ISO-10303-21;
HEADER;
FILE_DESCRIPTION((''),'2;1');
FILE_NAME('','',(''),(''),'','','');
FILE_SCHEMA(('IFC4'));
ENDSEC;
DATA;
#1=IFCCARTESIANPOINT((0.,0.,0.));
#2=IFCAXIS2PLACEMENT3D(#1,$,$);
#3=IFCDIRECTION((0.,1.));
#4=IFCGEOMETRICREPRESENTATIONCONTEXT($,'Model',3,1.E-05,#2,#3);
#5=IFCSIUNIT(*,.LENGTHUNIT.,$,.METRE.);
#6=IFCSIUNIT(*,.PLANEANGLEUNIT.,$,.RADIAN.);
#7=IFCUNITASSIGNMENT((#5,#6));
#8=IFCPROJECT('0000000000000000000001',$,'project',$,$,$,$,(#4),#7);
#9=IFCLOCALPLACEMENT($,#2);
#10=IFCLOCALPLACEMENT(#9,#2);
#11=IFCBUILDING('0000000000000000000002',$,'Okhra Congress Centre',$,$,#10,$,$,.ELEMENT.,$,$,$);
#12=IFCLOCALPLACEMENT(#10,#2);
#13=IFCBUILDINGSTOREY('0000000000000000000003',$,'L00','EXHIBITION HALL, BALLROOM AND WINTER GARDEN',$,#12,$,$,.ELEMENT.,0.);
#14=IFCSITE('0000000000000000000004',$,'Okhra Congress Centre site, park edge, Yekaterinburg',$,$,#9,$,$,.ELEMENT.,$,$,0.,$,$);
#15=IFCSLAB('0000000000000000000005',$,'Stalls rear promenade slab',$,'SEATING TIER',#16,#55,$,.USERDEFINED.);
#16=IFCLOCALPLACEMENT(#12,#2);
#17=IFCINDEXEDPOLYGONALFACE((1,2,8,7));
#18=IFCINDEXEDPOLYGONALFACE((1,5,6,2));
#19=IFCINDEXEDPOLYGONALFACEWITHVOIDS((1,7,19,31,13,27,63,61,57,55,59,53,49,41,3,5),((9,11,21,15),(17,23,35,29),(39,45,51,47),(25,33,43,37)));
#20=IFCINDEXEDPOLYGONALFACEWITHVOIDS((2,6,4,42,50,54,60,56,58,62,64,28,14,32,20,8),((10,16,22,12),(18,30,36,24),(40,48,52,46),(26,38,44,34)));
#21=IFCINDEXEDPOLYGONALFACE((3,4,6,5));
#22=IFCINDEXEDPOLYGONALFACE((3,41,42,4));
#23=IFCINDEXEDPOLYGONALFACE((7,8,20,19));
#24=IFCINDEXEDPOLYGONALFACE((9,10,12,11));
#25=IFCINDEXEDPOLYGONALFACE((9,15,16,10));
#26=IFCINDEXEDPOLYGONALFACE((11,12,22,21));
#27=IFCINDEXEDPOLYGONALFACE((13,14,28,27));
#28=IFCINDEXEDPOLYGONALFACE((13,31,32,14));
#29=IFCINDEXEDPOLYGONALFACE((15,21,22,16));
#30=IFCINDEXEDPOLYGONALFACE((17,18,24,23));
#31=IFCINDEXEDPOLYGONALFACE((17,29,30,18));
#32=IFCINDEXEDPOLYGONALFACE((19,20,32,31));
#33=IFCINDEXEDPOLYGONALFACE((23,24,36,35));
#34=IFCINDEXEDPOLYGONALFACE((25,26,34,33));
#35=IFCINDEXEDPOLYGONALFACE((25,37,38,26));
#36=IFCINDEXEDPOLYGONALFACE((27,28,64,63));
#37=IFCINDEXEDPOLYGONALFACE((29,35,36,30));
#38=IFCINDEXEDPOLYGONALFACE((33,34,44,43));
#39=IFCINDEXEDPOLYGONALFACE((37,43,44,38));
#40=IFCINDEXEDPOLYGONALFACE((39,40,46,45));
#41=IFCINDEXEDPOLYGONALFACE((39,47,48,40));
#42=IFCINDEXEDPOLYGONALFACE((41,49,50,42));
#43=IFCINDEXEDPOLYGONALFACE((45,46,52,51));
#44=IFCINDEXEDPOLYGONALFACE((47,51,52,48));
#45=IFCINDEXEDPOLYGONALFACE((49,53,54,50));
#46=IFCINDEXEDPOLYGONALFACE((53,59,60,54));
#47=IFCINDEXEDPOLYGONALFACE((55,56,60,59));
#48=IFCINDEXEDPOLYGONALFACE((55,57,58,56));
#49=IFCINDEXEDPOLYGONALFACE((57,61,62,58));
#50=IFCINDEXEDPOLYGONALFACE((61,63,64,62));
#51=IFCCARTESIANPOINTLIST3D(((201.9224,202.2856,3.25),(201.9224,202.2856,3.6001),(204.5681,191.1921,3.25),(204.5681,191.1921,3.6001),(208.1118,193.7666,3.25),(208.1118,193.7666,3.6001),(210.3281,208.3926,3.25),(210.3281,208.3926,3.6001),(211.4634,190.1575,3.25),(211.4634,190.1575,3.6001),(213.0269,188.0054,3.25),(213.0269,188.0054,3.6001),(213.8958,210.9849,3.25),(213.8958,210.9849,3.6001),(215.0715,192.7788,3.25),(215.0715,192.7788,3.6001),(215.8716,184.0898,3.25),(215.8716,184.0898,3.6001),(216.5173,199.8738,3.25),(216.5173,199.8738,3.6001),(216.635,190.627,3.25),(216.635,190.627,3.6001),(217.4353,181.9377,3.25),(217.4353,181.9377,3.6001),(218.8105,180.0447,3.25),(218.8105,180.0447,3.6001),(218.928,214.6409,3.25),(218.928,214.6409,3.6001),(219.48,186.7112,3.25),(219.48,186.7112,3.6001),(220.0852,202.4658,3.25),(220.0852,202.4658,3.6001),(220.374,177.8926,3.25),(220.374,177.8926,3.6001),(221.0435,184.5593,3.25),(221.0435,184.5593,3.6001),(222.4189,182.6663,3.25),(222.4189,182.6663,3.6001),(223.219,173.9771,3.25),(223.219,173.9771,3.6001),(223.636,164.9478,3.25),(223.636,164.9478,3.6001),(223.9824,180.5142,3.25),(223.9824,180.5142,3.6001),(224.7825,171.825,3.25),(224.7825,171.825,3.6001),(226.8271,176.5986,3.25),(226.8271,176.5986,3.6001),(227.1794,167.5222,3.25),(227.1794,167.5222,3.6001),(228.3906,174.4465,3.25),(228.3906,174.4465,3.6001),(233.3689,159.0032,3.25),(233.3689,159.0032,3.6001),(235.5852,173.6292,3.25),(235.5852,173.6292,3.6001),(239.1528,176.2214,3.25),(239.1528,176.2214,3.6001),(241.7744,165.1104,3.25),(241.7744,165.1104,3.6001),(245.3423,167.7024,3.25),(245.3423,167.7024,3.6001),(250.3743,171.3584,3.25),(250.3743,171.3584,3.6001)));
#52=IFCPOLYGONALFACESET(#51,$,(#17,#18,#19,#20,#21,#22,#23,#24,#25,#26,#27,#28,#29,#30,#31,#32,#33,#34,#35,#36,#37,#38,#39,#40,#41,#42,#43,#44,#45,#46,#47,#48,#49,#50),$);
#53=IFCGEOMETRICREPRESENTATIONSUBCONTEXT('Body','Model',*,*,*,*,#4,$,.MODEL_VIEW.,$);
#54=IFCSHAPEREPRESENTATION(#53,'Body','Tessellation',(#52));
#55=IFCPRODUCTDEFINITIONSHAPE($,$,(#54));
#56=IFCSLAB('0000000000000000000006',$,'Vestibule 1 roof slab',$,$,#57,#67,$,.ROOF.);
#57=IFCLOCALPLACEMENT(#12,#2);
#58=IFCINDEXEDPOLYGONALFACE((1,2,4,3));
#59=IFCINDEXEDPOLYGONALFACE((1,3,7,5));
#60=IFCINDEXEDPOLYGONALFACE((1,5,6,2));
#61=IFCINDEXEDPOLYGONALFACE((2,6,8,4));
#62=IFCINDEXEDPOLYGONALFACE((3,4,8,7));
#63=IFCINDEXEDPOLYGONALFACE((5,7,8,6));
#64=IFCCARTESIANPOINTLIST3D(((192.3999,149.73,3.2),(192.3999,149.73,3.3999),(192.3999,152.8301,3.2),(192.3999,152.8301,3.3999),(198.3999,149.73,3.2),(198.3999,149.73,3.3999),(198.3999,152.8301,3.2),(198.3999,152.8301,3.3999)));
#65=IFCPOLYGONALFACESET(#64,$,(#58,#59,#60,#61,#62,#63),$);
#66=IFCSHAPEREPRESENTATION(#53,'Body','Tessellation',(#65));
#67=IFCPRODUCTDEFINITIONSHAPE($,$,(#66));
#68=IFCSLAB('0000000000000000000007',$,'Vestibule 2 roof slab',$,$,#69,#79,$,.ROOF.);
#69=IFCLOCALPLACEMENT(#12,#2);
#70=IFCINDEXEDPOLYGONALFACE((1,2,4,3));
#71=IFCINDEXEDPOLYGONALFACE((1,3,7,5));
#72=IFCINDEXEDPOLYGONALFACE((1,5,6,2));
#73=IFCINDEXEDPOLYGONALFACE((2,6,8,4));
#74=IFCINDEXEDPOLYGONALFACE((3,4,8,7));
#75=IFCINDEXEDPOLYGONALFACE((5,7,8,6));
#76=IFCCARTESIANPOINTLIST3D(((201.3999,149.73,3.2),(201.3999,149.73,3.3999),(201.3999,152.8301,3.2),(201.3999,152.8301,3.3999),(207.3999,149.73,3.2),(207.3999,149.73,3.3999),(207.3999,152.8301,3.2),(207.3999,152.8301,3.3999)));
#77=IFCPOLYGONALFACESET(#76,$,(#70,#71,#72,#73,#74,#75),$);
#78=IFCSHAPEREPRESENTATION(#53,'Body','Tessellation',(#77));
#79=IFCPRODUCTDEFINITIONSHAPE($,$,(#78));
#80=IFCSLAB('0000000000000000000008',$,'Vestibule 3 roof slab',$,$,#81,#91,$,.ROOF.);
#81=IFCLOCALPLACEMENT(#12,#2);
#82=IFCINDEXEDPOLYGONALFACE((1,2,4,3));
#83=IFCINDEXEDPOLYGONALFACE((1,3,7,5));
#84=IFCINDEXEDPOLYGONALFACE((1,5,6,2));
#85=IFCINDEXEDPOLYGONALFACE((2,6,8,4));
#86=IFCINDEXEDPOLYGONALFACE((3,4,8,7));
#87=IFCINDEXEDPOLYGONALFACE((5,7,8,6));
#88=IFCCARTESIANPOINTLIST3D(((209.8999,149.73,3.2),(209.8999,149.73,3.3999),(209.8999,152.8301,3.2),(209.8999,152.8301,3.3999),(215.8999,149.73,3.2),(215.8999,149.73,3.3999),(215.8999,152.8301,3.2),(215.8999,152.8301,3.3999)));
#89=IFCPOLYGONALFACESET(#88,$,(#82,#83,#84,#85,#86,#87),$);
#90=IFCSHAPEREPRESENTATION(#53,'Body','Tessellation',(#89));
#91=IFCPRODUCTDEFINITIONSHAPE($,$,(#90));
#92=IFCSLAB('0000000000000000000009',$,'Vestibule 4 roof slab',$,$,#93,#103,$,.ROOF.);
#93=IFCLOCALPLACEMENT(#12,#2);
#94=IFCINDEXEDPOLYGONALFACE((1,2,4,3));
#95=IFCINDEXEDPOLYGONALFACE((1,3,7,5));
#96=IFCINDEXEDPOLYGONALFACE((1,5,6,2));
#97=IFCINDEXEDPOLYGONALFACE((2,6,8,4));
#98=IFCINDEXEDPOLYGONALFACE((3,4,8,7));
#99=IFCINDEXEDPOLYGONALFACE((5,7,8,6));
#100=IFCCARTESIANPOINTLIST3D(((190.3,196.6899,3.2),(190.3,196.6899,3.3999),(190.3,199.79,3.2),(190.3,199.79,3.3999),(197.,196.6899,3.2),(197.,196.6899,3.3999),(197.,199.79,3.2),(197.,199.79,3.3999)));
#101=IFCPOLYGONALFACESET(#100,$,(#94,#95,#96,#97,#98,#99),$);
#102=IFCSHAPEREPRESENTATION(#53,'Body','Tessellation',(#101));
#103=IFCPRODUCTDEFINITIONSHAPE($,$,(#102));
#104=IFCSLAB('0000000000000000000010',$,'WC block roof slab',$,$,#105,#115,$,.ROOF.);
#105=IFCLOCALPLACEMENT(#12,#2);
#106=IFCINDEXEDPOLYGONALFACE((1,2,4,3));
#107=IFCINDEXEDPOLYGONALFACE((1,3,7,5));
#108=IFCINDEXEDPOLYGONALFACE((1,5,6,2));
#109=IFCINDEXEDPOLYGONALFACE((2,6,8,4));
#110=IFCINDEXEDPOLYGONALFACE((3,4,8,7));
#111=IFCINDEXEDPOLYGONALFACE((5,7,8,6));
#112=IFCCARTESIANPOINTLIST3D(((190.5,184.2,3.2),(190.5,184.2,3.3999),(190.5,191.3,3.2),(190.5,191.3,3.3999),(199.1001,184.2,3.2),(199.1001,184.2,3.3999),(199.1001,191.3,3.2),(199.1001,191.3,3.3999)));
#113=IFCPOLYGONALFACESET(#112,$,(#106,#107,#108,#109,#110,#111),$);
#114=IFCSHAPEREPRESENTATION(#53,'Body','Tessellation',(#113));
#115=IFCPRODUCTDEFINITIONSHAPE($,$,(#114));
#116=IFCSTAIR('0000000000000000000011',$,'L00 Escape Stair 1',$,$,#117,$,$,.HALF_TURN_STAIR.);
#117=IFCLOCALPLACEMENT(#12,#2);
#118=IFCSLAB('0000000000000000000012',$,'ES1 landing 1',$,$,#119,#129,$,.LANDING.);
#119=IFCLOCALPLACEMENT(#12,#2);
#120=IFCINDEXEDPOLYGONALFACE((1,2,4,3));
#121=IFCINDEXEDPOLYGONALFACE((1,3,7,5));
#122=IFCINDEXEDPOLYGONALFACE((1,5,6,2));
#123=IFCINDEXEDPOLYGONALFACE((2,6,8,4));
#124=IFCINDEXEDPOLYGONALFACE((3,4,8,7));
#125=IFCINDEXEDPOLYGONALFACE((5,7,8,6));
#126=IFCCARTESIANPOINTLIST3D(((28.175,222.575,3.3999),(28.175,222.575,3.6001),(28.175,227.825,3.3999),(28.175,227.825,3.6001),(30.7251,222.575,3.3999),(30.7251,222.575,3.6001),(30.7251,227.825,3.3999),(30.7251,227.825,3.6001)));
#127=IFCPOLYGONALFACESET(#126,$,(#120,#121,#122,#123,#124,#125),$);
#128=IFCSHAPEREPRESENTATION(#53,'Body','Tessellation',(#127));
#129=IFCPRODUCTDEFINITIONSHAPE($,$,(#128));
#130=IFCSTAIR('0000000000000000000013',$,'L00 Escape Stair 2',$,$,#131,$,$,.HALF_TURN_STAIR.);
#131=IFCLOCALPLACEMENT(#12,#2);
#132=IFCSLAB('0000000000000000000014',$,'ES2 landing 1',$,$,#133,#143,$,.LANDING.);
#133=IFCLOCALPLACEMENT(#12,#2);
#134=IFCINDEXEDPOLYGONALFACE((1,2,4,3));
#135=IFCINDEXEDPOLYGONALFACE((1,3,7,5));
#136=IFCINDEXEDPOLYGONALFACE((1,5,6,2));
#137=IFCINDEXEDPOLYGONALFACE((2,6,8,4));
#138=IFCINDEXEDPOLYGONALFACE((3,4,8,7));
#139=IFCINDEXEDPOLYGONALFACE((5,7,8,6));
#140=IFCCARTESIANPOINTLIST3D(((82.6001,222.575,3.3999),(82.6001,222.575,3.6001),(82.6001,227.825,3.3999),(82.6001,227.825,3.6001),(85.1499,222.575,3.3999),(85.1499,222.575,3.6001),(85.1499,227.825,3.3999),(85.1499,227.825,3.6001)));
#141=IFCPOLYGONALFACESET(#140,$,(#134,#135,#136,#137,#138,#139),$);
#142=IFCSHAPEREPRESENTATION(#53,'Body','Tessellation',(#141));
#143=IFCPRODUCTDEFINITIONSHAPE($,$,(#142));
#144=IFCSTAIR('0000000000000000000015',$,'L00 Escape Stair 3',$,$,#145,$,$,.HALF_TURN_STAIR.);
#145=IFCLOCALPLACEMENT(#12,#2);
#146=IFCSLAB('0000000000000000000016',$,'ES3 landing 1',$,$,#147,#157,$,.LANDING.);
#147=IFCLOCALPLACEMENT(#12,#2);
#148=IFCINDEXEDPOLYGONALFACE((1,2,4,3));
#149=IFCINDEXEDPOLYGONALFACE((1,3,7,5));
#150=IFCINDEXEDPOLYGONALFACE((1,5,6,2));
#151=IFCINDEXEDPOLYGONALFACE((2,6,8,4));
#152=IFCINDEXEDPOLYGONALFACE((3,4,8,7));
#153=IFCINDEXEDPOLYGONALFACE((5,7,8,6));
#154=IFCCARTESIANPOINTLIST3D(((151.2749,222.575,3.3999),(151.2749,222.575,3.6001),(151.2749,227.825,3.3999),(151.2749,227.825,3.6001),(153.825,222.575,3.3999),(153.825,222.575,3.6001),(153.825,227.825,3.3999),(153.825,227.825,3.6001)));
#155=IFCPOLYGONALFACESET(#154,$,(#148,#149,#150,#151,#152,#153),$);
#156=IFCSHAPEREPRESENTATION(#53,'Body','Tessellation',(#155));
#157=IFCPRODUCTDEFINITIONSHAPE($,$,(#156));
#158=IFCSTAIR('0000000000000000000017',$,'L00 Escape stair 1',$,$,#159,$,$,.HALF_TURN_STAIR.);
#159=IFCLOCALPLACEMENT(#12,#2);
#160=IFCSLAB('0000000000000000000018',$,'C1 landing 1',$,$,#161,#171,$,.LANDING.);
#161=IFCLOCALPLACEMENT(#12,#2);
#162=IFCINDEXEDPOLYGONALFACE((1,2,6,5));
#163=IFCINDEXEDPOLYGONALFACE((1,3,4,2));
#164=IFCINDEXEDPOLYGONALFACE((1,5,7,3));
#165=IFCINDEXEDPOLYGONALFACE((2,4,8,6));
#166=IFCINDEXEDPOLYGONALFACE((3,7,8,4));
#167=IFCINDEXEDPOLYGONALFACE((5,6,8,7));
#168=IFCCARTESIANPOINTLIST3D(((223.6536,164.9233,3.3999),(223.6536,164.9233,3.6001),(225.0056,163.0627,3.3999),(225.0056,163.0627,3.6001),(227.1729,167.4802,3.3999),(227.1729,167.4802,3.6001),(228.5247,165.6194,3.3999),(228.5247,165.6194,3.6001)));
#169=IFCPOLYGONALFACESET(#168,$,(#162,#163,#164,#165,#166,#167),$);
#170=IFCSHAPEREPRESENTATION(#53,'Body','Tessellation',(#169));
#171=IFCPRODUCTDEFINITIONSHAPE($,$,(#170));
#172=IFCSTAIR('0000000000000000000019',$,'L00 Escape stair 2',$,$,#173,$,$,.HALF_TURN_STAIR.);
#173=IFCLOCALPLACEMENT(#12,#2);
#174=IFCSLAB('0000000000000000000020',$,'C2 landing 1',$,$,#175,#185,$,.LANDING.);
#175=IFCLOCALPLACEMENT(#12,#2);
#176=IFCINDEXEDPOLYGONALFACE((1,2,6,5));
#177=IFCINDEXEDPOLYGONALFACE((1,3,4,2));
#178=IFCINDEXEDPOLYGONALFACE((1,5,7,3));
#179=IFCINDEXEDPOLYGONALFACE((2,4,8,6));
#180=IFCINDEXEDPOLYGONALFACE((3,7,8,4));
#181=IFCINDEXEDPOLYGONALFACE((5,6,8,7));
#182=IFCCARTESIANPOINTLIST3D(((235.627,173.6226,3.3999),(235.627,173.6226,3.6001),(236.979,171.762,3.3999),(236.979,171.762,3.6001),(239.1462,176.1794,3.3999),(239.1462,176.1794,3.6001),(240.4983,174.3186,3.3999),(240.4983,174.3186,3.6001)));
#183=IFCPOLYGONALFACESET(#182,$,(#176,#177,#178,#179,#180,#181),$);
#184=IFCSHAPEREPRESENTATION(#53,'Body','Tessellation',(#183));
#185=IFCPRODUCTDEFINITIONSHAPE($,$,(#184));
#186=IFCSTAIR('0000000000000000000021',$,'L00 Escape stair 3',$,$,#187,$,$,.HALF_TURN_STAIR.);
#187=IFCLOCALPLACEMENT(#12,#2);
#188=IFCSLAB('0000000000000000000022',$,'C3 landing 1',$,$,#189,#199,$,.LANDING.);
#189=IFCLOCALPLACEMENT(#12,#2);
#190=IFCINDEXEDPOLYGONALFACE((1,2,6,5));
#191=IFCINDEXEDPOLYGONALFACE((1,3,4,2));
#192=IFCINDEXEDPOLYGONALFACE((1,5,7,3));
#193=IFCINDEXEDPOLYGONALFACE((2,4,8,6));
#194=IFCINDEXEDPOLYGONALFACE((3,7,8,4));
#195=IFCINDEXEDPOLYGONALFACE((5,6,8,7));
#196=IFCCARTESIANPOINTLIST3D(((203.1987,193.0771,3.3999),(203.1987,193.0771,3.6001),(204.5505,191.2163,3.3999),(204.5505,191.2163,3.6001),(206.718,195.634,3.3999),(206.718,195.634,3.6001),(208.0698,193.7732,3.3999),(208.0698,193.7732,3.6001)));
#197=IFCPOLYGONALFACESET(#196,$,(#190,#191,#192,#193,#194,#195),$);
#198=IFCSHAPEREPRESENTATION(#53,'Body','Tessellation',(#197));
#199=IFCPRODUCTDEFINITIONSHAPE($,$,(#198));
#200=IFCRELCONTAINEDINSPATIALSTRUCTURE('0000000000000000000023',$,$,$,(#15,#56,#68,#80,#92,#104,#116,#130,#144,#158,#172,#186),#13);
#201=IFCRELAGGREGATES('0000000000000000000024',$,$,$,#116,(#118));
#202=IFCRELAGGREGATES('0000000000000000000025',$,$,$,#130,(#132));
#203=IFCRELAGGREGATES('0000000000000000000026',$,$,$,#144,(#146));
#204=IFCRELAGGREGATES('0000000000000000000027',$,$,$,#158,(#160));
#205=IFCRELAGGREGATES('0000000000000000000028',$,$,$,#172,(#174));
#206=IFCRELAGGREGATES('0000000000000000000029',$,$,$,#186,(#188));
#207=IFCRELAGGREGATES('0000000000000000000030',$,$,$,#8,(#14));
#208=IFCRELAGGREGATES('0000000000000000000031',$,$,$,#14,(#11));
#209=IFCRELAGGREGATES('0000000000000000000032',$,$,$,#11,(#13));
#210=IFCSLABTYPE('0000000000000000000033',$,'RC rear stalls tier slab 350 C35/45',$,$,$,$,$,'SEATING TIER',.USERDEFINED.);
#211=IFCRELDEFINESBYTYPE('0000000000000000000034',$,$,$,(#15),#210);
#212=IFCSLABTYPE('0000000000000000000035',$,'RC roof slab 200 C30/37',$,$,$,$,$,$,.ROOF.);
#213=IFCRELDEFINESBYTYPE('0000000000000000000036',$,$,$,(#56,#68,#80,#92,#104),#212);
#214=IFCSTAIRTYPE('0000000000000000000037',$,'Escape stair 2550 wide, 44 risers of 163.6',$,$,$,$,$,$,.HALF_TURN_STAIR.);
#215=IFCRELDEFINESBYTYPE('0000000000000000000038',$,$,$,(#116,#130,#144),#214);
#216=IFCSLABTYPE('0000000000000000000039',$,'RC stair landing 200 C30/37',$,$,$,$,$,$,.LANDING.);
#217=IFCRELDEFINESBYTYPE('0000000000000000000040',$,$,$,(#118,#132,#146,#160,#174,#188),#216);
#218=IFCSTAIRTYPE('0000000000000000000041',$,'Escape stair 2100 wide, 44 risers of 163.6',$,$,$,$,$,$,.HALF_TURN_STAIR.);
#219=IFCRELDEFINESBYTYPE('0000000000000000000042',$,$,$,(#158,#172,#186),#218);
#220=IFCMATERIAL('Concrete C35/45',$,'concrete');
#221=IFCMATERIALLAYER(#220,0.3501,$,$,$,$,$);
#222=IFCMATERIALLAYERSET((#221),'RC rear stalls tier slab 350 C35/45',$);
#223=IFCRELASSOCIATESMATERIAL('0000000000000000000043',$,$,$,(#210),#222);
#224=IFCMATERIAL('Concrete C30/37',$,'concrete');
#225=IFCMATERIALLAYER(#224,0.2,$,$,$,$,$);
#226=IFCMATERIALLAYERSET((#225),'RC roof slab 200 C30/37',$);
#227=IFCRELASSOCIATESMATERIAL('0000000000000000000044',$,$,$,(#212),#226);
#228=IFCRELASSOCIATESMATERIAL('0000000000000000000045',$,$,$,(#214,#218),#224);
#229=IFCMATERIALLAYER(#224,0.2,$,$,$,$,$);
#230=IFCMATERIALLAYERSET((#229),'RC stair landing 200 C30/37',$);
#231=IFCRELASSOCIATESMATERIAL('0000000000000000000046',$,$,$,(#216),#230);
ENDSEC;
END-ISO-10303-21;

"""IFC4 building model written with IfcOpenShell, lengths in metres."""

from ifc_helpers import new_model, si_unit, direction, frame, origin, place, context, subcontext, project, spatial, polyline, outline, extrude, material, layer, layer_set, type_object, element, aggregate, save


model = new_model("IFC4")

# Units and contexts
model_context = context("Model", 3, precision=1e-05, world=origin(), true_north=direction((0.0, 1.0)))
body_context = subcontext(model_context, "Body", "Model", "MODEL_VIEW")
ifc_project = project(units=[si_unit("LENGTHUNIT", "METRE"), si_unit("PLANEANGLEUNIT", "RADIAN")], contexts=[model_context])

# Site, building, storey
site_placement = place(None, origin())
site = spatial("IfcSite", under=ifc_project, at=site_placement, Name="Okhra Congress Centre site, park edge, Yekaterinburg", CompositionType="ELEMENT", RefElevation=0.0)
building_placement = place(site_placement, origin())
building = spatial("IfcBuilding", under=site, at=building_placement, Name="Okhra Congress Centre", CompositionType="ELEMENT")
storey_placement = place(building_placement, origin())
storey = spatial("IfcBuildingStorey", under=building, at=storey_placement, Name="L00", Description="EXHIBITION HALL, BALLROOM AND WINTER GARDEN", CompositionType="ELEMENT", Elevation=0.0)

# Slabs
ifc_material_1 = material(Name="Concrete C35/45", Category="concrete")
ifc_layer_1 = layer(ifc_material_1, 0.3501)
ifc_layer_set_1 = layer_set([ifc_layer_1], Name="RC rear stalls tier slab 350 C35/45")
slab_type_1 = type_object("IfcSlabType", Name="RC rear stalls tier slab 350 C35/45", ElementType="SEATING TIER", PredefinedType="USERDEFINED", material=ifc_layer_set_1)
slab_1_placement = place(storey_placement, frame((0.0, 0.0, 3.25)))
element("IfcSlab", 1, at=slab_1_placement, inside=storey, type_object=slab_type_1, Name="Stalls rear promenade slab", ObjectType="SEATING TIER", PredefinedType="USERDEFINED", context=body_context, shape_type="SweptSolid", body=[
    extrude(outline(polyline([(241.7744, 165.1104), (235.5852, 173.6292), (239.1528, 176.2214), (245.3423, 167.7024), (250.3743, 171.3584), (218.928, 214.6409), (213.8958, 210.9849), (220.0852, 202.4658), (216.5173, 199.8738), (210.3281, 208.3926), (201.9224, 202.2856), (208.1118, 193.7666), (204.5681, 191.1921), (223.636, 164.9478), (227.1794, 167.5222), (233.3689, 159.0032), (241.7744, 165.1104)]), holes=[polyline([(226.8271, 176.5986), (223.219, 173.9771), (224.7825, 171.825), (228.3906, 174.4465), (226.8271, 176.5986)]), polyline([(222.4189, 182.6663), (218.8105, 180.0447), (220.374, 177.8926), (223.9824, 180.5142), (222.4189, 182.6663)]), polyline([(219.48, 186.7112), (215.8716, 184.0898), (217.4353, 181.9377), (221.0435, 184.5593), (219.48, 186.7112)]), polyline([(215.0715, 192.7788), (211.4634, 190.1575), (213.0269, 188.0054), (216.635, 190.627), (215.0715, 192.7788)])]), origin(), (0.0, 0.0, 1.0), 0.3501),
])
ifc_material_2 = material(Name="Concrete C30/37", Category="concrete")
ifc_layer_2 = layer(ifc_material_2, 0.2)
ifc_layer_set_2 = layer_set([ifc_layer_2], Name="RC roof slab 200 C30/37")
slab_type_2 = type_object("IfcSlabType", Name="RC roof slab 200 C30/37", PredefinedType="ROOF", material=ifc_layer_set_2)
slab_2_placement = place(storey_placement, frame((0.0, 0.0, 3.2)))
element("IfcSlab", 2, at=slab_2_placement, inside=storey, type_object=slab_type_2, Name="Vestibule 1 roof slab", PredefinedType="ROOF", context=body_context, shape_type="SweptSolid", body=[
    extrude(outline(polyline([(192.3999, 149.73), (198.3999, 149.73), (198.3999, 152.8301), (192.3999, 152.8301), (192.3999, 149.73)])), origin(), (0.0, 0.0, 1.0), 0.2),
])
slab_3_placement = place(storey_placement, frame((0.0, 0.0, 3.2)))
element("IfcSlab", 3, at=slab_3_placement, inside=storey, type_object=slab_type_2, Name="Vestibule 2 roof slab", PredefinedType="ROOF", context=body_context, shape_type="SweptSolid", body=[
    extrude(outline(polyline([(201.3999, 149.73), (207.3999, 149.73), (207.3999, 152.8301), (201.3999, 152.8301), (201.3999, 149.73)])), origin(), (0.0, 0.0, 1.0), 0.2),
])
slab_4_placement = place(storey_placement, frame((0.0, 0.0, 3.2)))
element("IfcSlab", 4, at=slab_4_placement, inside=storey, type_object=slab_type_2, Name="Vestibule 3 roof slab", PredefinedType="ROOF", context=body_context, shape_type="SweptSolid", body=[
    extrude(outline(polyline([(209.8999, 149.73), (215.8999, 149.73), (215.8999, 152.8301), (209.8999, 152.8301), (209.8999, 149.73)])), origin(), (0.0, 0.0, 1.0), 0.2),
])
slab_5_placement = place(storey_placement, frame((0.0, 0.0, 3.2)))
element("IfcSlab", 5, at=slab_5_placement, inside=storey, type_object=slab_type_2, Name="Vestibule 4 roof slab", PredefinedType="ROOF", context=body_context, shape_type="SweptSolid", body=[
    extrude(outline(polyline([(190.3, 196.6899), (197.0, 196.6899), (197.0, 199.79), (190.3, 199.79), (190.3, 196.6899)])), origin(), (0.0, 0.0, 1.0), 0.2),
])
slab_6_placement = place(storey_placement, frame((0.0, 0.0, 3.2)))
element("IfcSlab", 6, at=slab_6_placement, inside=storey, type_object=slab_type_2, Name="WC block roof slab", PredefinedType="ROOF", context=body_context, shape_type="SweptSolid", body=[
    extrude(outline(polyline([(190.5, 184.2), (199.1001, 184.2), (199.1001, 191.3), (190.5, 191.3), (190.5, 184.2)])), origin(), (0.0, 0.0, 1.0), 0.2),
])

# Stairs, slabs
stair_type_1 = type_object("IfcStairType", Name="Escape stair 2550 wide, 44 risers of 163.6", PredefinedType="HALF_TURN_STAIR", material=ifc_material_2)
stair_1_placement = place(storey_placement, origin())
stair_1 = element("IfcStair", 7, at=stair_1_placement, inside=storey, type_object=stair_type_1, Name="L00 Escape Stair 1", PredefinedType="HALF_TURN_STAIR")
ifc_layer_3 = layer(ifc_material_2, 0.2)
ifc_layer_set_3 = layer_set([ifc_layer_3], Name="RC stair landing 200 C30/37")
slab_type_3 = type_object("IfcSlabType", Name="RC stair landing 200 C30/37", PredefinedType="LANDING", material=ifc_layer_set_3)
slab_7_placement = place(storey_placement, frame((0.0, 0.0, 3.3999)))
slab_7 = element("IfcSlab", 8, at=slab_7_placement, type_object=slab_type_3, Name="ES1 landing 1", PredefinedType="LANDING", context=body_context, shape_type="SweptSolid", body=[
    extrude(outline(polyline([(30.7251, 227.825), (28.175, 227.825), (28.175, 222.575), (30.7251, 222.575), (30.7251, 227.825)])), origin(), (0.0, 0.0, 1.0), 0.2002),
])
aggregate(stair_1, [slab_7])
stair_2_placement = place(storey_placement, origin())
stair_2 = element("IfcStair", 9, at=stair_2_placement, inside=storey, type_object=stair_type_1, Name="L00 Escape Stair 2", PredefinedType="HALF_TURN_STAIR")
slab_8_placement = place(storey_placement, frame((0.0, 0.0, 3.3999)))
slab_8 = element("IfcSlab", 10, at=slab_8_placement, type_object=slab_type_3, Name="ES2 landing 1", PredefinedType="LANDING", context=body_context, shape_type="SweptSolid", body=[
    extrude(outline(polyline([(85.1499, 227.825), (82.6001, 227.825), (82.6001, 222.575), (85.1499, 222.575), (85.1499, 227.825)])), origin(), (0.0, 0.0, 1.0), 0.2002),
])
aggregate(stair_2, [slab_8])
stair_3_placement = place(storey_placement, origin())
stair_3 = element("IfcStair", 11, at=stair_3_placement, inside=storey, type_object=stair_type_1, Name="L00 Escape Stair 3", PredefinedType="HALF_TURN_STAIR")
slab_9_placement = place(storey_placement, frame((0.0, 0.0, 3.3999)))
slab_9 = element("IfcSlab", 12, at=slab_9_placement, type_object=slab_type_3, Name="ES3 landing 1", PredefinedType="LANDING", context=body_context, shape_type="SweptSolid", body=[
    extrude(outline(polyline([(151.2749, 222.575), (153.825, 222.575), (153.825, 227.825), (151.2749, 227.825), (151.2749, 222.575)])), origin(), (0.0, 0.0, 1.0), 0.2002),
])
aggregate(stair_3, [slab_9])
stair_type_2 = type_object("IfcStairType", Name="Escape stair 2100 wide, 44 risers of 163.6", PredefinedType="HALF_TURN_STAIR", material=ifc_material_2)
stair_4_placement = place(storey_placement, origin())
stair_4 = element("IfcStair", 13, at=stair_4_placement, inside=storey, type_object=stair_type_2, Name="L00 Escape stair 1", PredefinedType="HALF_TURN_STAIR")
slab_10_placement = place(storey_placement, frame((0.0, 0.0, 3.3999)))
slab_10 = element("IfcSlab", 14, at=slab_10_placement, type_object=slab_type_3, Name="C1 landing 1", PredefinedType="LANDING", context=body_context, shape_type="SweptSolid", body=[
    extrude(outline(polyline([(228.5247, 165.6194), (227.1729, 167.4802), (223.6536, 164.9233), (225.0056, 163.0627), (228.5247, 165.6194)])), origin(), (0.0, 0.0, 1.0), 0.2002),
])
aggregate(stair_4, [slab_10])
stair_5_placement = place(storey_placement, origin())
stair_5 = element("IfcStair", 15, at=stair_5_placement, inside=storey, type_object=stair_type_2, Name="L00 Escape stair 2", PredefinedType="HALF_TURN_STAIR")
slab_11_placement = place(storey_placement, frame((0.0, 0.0, 3.3999)))
slab_11 = element("IfcSlab", 16, at=slab_11_placement, type_object=slab_type_3, Name="C2 landing 1", PredefinedType="LANDING", context=body_context, shape_type="SweptSolid", body=[
    extrude(outline(polyline([(240.4983, 174.3186), (239.1462, 176.1794), (235.627, 173.6226), (236.979, 171.762), (240.4983, 174.3186)])), origin(), (0.0, 0.0, 1.0), 0.2002),
])
aggregate(stair_5, [slab_11])
stair_6_placement = place(storey_placement, origin())
stair_6 = element("IfcStair", 17, at=stair_6_placement, inside=storey, type_object=stair_type_2, Name="L00 Escape stair 3", PredefinedType="HALF_TURN_STAIR")
slab_12_placement = place(storey_placement, frame((0.0, 0.0, 3.3999)))
slab_12 = element("IfcSlab", 18, at=slab_12_placement, type_object=slab_type_3, Name="C3 landing 1", PredefinedType="LANDING", context=body_context, shape_type="SweptSolid", body=[
    extrude(outline(polyline([(203.1987, 193.0771), (204.5505, 191.2163), (208.0698, 193.7732), (206.718, 195.634), (203.1987, 193.0771)])), origin(), (0.0, 0.0, 1.0), 0.2002),
])
aggregate(stair_6, [slab_12])

save(model, "model.ifc")
